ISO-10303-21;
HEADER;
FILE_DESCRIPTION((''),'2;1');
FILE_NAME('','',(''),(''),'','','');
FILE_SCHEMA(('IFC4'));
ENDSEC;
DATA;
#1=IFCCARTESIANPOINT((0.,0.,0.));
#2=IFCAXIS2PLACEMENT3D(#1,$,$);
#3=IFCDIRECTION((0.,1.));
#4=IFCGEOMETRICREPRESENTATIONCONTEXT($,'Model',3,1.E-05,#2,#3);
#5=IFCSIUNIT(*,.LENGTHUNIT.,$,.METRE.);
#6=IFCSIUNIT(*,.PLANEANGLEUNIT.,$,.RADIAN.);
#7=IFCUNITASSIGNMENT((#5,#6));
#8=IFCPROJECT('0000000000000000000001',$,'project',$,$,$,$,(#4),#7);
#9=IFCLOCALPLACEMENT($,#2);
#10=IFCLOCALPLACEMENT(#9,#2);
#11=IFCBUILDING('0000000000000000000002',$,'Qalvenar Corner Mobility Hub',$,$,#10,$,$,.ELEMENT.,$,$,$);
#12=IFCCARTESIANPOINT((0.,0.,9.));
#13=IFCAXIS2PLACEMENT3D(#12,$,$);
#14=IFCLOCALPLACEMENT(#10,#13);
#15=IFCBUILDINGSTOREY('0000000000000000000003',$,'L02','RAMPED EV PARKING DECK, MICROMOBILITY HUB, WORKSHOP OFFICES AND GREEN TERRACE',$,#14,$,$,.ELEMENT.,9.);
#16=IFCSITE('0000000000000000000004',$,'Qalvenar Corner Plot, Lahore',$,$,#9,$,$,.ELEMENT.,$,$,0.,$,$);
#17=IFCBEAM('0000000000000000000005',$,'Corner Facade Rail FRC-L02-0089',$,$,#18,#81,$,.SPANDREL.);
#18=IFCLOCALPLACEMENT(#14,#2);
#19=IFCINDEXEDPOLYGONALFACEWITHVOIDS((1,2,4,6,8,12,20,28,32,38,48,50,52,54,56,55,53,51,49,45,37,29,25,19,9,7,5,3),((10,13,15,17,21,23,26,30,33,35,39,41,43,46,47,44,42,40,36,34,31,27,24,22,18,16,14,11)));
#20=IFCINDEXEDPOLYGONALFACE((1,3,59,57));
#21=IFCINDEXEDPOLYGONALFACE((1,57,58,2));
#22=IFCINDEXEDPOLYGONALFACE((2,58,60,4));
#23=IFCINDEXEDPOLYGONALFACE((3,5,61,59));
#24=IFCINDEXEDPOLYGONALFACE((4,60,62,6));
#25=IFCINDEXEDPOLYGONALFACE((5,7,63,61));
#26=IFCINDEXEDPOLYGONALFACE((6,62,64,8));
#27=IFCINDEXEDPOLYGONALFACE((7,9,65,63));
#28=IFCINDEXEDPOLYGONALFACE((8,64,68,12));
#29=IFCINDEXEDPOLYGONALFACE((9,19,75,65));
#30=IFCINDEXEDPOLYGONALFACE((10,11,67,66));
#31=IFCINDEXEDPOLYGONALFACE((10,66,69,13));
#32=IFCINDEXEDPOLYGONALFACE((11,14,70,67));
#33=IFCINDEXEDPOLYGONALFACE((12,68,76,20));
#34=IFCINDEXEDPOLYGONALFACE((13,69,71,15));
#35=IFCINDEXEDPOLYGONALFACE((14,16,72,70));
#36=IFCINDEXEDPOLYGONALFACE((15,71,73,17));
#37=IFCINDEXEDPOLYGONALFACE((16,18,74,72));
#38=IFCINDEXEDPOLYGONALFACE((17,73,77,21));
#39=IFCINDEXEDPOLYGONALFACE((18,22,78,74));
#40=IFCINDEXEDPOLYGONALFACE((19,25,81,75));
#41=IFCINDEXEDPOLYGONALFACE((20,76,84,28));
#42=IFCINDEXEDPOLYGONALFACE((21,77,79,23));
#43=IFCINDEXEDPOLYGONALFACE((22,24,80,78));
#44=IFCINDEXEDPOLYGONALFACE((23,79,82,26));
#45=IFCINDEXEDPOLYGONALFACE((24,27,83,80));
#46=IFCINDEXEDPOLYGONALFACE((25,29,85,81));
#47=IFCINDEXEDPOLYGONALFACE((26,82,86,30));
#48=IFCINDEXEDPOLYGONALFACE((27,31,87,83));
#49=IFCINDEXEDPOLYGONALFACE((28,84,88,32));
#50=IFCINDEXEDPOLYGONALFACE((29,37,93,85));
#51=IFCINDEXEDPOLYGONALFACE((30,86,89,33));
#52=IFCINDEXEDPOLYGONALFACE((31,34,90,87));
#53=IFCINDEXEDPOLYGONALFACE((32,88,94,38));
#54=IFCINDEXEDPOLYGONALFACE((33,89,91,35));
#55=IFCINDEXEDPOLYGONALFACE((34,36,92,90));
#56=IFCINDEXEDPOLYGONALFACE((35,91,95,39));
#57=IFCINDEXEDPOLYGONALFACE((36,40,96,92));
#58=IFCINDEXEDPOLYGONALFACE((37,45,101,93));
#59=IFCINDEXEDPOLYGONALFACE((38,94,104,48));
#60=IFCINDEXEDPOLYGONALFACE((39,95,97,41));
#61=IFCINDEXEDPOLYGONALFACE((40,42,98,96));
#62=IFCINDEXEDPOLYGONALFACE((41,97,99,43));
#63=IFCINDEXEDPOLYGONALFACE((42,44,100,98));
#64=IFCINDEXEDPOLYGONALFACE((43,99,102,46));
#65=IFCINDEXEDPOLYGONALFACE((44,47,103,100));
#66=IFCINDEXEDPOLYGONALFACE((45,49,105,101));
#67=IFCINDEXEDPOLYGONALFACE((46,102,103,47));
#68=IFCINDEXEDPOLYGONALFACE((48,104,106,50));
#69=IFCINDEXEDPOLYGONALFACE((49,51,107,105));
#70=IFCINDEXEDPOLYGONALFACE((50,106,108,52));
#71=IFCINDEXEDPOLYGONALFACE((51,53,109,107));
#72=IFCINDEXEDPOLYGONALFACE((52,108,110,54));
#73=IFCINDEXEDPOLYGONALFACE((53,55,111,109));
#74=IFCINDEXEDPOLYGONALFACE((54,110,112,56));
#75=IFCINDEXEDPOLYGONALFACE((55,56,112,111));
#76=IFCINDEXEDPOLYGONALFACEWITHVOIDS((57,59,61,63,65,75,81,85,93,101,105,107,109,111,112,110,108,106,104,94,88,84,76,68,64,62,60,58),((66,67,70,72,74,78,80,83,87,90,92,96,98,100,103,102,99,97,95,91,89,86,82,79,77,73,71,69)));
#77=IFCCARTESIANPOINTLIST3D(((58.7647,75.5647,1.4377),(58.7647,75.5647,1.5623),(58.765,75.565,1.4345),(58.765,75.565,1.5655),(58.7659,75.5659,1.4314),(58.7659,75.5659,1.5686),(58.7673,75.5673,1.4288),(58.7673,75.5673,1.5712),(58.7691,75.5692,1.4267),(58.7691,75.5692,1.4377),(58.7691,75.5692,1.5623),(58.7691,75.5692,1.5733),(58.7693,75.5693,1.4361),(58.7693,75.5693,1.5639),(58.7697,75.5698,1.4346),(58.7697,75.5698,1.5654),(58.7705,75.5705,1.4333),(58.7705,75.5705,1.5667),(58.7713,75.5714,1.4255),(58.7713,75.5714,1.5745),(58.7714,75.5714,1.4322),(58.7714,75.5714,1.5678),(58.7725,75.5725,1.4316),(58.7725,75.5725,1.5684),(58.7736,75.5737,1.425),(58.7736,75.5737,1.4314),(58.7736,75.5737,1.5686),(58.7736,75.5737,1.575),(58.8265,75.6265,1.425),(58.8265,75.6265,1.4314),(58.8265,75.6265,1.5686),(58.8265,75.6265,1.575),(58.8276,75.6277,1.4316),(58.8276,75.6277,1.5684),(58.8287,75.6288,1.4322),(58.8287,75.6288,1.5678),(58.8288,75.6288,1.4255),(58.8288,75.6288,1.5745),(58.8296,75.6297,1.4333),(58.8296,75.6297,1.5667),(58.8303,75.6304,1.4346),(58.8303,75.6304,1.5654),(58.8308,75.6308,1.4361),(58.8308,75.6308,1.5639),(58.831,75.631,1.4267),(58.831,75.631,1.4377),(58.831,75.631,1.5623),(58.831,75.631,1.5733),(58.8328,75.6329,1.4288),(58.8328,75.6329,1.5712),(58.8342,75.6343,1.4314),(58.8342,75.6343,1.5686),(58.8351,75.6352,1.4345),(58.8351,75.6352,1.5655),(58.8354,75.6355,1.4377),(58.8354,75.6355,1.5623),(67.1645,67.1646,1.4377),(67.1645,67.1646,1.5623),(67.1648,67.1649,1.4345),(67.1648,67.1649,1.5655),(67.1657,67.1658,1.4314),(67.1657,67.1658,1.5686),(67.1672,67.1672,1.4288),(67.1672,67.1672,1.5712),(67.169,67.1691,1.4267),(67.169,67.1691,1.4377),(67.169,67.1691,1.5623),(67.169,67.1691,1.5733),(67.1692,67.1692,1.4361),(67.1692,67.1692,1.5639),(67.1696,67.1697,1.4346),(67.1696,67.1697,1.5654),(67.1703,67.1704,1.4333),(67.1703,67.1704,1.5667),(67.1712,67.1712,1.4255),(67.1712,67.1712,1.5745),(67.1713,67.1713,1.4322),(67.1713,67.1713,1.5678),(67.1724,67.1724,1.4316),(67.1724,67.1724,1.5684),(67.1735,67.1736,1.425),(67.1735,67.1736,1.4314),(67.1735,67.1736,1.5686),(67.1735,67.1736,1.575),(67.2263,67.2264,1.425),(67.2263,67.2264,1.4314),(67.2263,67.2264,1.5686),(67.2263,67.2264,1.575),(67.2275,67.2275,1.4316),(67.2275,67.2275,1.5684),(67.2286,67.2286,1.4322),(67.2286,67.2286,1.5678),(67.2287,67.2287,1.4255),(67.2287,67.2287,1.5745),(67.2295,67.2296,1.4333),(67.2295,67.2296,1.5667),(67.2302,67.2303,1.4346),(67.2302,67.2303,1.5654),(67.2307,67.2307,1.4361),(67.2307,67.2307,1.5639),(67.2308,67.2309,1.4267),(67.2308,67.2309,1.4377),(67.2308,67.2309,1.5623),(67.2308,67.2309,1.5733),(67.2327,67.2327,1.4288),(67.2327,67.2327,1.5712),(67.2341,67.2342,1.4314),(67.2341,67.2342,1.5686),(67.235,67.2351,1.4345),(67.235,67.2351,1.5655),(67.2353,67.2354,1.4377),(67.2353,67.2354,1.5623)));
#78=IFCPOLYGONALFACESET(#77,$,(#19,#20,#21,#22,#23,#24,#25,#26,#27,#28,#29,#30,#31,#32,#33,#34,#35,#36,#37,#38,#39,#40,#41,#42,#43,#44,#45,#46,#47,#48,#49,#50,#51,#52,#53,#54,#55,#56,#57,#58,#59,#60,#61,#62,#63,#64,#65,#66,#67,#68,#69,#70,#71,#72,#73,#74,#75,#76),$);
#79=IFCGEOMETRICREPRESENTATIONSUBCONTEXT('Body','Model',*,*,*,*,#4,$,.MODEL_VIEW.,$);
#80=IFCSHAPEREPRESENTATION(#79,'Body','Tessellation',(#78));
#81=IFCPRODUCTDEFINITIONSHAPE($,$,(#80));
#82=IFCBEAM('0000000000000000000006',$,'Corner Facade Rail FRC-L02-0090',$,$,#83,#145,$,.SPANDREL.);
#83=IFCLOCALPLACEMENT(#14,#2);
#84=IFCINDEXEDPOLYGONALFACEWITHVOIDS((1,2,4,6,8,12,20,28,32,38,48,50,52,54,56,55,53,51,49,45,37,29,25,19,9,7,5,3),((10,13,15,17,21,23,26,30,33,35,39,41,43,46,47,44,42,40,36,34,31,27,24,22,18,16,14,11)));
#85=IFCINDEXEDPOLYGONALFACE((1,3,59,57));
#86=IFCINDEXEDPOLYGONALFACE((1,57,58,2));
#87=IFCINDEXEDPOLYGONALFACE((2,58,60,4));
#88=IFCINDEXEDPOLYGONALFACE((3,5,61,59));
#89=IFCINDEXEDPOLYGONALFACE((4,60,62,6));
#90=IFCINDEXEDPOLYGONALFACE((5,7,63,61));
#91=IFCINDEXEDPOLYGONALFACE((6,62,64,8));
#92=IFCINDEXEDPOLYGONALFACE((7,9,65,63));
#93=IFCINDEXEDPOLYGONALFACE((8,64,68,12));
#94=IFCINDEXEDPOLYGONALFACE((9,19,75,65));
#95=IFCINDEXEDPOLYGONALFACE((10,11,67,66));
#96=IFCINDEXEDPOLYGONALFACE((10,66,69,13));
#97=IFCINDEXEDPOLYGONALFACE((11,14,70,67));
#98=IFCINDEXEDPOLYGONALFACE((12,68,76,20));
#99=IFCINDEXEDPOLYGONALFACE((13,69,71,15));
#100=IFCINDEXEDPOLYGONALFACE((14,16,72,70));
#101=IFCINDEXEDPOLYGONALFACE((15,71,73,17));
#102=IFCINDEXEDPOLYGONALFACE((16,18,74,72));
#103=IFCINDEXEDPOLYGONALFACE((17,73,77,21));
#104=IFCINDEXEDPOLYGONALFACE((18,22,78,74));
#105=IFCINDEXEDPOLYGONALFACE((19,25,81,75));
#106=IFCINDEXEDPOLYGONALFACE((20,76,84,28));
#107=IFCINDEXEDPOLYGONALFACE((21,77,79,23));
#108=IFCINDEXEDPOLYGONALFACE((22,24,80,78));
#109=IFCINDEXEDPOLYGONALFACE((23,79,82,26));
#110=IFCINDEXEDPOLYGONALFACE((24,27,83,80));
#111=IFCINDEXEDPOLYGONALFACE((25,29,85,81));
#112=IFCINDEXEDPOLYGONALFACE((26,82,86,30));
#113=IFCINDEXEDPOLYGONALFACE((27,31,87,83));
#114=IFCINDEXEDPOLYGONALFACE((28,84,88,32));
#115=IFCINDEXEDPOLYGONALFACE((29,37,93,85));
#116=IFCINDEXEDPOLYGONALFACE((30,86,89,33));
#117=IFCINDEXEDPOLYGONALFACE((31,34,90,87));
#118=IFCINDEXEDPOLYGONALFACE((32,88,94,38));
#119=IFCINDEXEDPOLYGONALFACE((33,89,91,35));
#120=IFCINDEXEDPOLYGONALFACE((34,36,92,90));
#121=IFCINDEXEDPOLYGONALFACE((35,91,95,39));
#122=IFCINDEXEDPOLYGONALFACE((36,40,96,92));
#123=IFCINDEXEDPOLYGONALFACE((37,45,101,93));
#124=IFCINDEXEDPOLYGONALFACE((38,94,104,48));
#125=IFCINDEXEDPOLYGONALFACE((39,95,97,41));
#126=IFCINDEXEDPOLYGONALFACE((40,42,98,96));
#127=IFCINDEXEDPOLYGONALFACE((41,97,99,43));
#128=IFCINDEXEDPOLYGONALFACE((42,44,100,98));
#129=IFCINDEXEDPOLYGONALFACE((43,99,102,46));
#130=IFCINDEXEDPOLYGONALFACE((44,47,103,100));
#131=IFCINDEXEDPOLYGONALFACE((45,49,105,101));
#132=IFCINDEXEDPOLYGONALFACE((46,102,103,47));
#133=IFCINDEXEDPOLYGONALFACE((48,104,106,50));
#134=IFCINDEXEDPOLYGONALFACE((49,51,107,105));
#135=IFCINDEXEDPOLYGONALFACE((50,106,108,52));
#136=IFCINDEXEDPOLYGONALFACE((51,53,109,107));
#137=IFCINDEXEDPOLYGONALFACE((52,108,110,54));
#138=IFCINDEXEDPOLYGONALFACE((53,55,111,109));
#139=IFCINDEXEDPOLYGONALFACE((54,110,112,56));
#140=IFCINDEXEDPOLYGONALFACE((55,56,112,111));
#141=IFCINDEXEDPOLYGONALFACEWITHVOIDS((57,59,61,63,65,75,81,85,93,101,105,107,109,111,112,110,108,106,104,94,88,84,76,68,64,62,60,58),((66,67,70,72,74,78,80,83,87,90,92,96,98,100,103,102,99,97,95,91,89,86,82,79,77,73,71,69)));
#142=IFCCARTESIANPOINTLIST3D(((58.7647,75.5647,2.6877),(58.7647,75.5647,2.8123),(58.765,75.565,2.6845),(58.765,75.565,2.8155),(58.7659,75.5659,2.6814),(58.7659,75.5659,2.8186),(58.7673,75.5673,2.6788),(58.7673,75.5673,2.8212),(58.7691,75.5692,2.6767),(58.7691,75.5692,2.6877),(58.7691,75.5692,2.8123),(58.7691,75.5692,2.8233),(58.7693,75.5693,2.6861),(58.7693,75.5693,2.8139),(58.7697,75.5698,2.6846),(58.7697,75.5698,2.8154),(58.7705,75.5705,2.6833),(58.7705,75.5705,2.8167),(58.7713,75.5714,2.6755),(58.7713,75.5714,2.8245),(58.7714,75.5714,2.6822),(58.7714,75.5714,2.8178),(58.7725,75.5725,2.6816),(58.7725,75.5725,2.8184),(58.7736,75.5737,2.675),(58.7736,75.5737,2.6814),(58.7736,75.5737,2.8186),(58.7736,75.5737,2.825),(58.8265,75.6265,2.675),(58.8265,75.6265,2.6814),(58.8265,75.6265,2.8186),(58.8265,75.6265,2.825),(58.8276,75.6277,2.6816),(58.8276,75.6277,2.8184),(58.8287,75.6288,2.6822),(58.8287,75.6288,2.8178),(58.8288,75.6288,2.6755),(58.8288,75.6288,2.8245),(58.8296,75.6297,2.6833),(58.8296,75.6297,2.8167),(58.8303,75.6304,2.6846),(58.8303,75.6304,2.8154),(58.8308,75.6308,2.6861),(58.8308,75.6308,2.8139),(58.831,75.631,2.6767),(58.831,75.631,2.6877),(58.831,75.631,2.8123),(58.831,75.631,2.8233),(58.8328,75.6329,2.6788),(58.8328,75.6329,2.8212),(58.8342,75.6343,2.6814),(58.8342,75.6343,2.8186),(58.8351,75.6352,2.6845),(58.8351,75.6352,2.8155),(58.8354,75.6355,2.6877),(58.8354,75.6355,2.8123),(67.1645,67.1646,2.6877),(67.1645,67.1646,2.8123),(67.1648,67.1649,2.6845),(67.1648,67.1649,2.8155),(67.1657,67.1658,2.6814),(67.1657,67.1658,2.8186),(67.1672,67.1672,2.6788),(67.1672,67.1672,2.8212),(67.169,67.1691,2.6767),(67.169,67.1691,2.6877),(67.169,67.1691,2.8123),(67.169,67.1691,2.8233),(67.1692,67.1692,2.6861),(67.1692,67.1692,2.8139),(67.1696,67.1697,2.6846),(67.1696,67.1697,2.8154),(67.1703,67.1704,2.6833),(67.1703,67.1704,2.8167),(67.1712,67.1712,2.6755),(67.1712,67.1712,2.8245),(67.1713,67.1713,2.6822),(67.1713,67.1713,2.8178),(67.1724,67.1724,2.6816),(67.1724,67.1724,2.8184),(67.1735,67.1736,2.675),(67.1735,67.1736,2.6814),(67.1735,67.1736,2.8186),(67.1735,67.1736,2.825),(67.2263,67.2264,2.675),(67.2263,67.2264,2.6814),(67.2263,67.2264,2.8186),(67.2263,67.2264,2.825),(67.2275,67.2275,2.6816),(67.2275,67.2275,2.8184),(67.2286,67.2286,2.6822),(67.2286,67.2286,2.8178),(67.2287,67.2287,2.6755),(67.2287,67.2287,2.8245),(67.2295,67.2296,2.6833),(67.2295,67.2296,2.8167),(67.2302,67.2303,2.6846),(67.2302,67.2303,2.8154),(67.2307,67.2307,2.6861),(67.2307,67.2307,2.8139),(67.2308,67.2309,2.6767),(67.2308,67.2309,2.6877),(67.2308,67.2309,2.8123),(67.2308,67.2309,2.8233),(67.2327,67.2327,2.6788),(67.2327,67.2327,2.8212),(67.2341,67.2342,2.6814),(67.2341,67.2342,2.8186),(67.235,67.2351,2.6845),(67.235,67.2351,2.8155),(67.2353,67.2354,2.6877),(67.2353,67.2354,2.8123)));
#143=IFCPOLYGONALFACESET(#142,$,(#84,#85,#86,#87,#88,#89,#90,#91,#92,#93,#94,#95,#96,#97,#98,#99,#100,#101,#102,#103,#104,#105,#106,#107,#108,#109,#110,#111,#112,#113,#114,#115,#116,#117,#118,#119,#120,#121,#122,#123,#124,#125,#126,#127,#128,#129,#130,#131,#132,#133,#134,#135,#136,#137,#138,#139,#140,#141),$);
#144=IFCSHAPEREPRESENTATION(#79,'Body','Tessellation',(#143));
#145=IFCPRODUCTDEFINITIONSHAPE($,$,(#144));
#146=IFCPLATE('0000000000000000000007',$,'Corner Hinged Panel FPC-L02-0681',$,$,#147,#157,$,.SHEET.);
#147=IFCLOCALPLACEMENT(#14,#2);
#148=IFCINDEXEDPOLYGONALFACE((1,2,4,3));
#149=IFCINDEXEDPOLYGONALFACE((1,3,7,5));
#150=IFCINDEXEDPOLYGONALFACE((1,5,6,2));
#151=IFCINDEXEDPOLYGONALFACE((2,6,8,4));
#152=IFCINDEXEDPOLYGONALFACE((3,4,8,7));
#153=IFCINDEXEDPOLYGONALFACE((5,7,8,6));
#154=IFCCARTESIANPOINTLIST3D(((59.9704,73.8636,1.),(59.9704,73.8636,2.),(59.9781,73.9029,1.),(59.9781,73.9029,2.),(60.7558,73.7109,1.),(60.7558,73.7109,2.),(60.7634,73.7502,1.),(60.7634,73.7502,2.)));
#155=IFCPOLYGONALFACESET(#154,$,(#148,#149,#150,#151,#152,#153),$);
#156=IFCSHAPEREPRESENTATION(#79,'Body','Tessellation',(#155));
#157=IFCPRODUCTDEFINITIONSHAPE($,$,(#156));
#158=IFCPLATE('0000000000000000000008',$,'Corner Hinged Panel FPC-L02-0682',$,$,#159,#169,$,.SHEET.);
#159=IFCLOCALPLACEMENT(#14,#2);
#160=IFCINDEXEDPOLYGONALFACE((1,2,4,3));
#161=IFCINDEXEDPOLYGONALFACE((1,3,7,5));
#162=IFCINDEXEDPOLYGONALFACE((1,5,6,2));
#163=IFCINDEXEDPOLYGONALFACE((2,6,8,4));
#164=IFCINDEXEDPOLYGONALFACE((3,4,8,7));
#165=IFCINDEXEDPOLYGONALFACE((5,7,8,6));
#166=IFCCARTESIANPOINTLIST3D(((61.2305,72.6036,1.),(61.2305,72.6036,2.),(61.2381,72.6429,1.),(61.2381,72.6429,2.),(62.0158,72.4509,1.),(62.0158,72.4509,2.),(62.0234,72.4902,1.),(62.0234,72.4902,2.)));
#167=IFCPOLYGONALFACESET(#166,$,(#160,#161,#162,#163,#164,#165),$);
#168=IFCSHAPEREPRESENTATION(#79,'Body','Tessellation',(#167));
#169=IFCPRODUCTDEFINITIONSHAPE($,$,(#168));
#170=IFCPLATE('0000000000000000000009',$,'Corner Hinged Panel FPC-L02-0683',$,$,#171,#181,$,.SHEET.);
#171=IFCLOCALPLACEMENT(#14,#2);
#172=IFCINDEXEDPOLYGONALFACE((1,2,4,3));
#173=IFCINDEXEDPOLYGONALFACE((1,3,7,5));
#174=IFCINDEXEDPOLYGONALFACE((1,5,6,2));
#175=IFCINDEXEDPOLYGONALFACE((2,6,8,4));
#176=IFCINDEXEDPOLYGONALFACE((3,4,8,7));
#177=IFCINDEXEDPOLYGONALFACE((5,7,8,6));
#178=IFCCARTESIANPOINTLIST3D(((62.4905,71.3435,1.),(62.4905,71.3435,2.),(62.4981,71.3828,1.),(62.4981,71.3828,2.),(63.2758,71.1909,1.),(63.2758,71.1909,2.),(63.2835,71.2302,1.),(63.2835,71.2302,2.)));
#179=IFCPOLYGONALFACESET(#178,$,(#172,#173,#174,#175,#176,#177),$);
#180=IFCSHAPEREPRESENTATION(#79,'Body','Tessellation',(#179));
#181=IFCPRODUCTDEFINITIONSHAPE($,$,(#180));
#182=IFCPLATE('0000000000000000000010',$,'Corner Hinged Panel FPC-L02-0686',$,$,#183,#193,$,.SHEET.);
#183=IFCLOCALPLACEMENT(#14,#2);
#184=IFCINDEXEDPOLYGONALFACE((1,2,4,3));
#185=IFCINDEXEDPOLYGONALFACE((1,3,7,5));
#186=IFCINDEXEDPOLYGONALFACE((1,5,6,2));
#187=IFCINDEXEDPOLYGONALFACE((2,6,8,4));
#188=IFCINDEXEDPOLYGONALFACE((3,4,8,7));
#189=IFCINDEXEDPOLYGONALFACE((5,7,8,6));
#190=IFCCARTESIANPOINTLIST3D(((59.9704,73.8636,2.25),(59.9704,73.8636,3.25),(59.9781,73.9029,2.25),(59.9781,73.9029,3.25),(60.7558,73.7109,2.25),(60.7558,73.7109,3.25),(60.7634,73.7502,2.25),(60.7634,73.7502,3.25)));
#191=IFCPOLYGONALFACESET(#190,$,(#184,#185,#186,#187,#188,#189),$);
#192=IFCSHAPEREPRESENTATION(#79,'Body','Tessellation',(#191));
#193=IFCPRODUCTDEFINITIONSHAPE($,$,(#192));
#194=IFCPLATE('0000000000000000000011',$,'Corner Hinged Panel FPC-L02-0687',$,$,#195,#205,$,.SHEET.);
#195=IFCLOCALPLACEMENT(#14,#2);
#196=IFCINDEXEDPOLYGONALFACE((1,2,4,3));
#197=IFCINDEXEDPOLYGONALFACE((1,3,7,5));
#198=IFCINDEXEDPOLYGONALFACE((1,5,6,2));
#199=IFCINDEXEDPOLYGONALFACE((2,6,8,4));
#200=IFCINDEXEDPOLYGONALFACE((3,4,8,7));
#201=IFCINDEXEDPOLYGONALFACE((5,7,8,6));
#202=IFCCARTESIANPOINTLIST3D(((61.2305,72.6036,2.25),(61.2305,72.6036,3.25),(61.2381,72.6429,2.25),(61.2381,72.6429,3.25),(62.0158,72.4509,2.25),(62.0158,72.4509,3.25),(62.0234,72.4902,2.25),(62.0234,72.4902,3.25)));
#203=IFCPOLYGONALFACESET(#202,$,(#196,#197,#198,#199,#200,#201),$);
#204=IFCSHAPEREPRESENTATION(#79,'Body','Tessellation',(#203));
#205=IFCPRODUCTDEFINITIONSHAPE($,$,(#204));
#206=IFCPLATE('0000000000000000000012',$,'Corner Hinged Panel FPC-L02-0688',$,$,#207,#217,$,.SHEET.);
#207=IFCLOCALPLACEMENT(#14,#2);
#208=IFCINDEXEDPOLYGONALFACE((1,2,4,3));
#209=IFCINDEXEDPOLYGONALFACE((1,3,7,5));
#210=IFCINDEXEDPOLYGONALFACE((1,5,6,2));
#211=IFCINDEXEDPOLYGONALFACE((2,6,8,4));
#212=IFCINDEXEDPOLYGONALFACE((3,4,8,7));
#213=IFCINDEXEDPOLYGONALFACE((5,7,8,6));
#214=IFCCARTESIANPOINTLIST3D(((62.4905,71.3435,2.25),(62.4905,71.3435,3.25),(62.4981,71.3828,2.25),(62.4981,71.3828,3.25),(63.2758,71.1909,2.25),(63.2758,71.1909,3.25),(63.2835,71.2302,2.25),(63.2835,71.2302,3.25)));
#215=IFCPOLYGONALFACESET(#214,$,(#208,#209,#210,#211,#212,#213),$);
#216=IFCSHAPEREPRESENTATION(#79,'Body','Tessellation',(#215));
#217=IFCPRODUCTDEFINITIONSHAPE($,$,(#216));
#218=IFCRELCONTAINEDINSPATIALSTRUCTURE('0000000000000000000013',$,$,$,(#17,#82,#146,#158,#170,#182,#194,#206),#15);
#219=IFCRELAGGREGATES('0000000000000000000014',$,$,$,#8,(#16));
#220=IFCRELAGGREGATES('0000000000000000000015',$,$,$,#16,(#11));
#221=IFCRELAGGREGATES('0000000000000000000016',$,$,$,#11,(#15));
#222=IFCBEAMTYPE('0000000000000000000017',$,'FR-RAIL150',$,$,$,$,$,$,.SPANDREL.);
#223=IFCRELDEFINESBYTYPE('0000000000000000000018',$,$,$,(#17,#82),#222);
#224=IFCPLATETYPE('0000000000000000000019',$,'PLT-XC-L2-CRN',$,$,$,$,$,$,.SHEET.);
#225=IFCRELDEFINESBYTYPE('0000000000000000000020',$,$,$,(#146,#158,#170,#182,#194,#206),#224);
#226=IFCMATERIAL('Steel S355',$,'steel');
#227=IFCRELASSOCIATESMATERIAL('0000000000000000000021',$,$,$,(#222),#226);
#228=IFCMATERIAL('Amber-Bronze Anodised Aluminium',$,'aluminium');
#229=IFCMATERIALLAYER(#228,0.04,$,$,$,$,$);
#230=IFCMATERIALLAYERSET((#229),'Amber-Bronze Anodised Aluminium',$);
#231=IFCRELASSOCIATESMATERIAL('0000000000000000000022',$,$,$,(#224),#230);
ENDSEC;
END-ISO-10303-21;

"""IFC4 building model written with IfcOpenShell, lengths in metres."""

from ifc_helpers import new_model, si_unit, direction, frame, origin, origin_2d, place, context, subcontext, project, spatial, rectangle, hollow_rectangle, extrude, material, layer, layer_set, material_profile, profile_set, type_object, element, save


model = new_model("IFC4")

# Units and contexts
model_context = context("Model", 3, precision=1e-05, world=origin(), true_north=direction((0.0, 1.0)))
body_context = subcontext(model_context, "Body", "Model", "MODEL_VIEW")
ifc_project = project(units=[si_unit("LENGTHUNIT", "METRE"), si_unit("PLANEANGLEUNIT", "RADIAN")], contexts=[model_context])

# Site, building, storey
site_placement = place(None, origin())
site = spatial("IfcSite", under=ifc_project, at=site_placement, Name="Qalvenar Corner Plot, Lahore", CompositionType="ELEMENT", RefElevation=0.0)
building_placement = place(site_placement, origin())
building = spatial("IfcBuilding", under=site, at=building_placement, Name="Qalvenar Corner Mobility Hub", CompositionType="ELEMENT")
storey_placement = place(building_placement, frame((0.0, 0.0, 9.0)))
storey = spatial("IfcBuildingStorey", under=building, at=storey_placement, Name="L02", Description="RAMPED EV PARKING DECK, MICROMOBILITY HUB, WORKSHOP OFFICES AND GREEN TERRACE", CompositionType="ELEMENT", Elevation=9.0)

# Shared definitions
ifc_material_1 = material(Name="Steel S355", Category="steel")

# Beams
ifc_material_profile_1 = material_profile(ifc_material_1, hollow_rectangle(XDim=0.1001, YDim=0.1499, WallThickness=0.0063, InnerFilletRadius=0.0063, OuterFilletRadius=0.0127, at=origin_2d()), Name="RHS150x100x6.3")
ifc_profile_set_1 = profile_set([ifc_material_profile_1], Name="Steel S355")
beam_type_1 = type_object("IfcBeamType", Name="FR-RAIL150", PredefinedType="SPANDREL", material=ifc_profile_set_1)
for number, where, z_axis, x_axis, name in (
    (1, (58.8, 75.6001, 1.5), (0.707097, -0.707117, 0.0), (0.707117, 0.707097, 0.0), "Corner Facade Rail FRC-L02-0089"),
    (2, (58.8, 75.6001, 2.75), (0.707097, -0.707117, 0.0), (0.707117, 0.707097, 0.0), "Corner Facade Rail FRC-L02-0090"),
):
    element("IfcBeam", number, at=place(storey_placement, frame(where, z_axis=z_axis, x_axis=x_axis)), inside=storey, type_object=beam_type_1, Name=name, PredefinedType="SPANDREL", context=body_context, shape_type="SweptSolid", body=[
        extrude(hollow_rectangle(XDim=0.1001, YDim=0.1499, WallThickness=0.0063, InnerFilletRadius=0.0063, OuterFilletRadius=0.0127, at=origin_2d()), origin(), (0.0, 0.0, 1.0), 11.8794),
    ])

# Plates
ifc_material_2 = material(Name="Amber-Bronze Anodised Aluminium", Category="aluminium")
ifc_layer_1 = layer(ifc_material_2, 0.04)
ifc_layer_set_1 = layer_set([ifc_layer_1], Name="Amber-Bronze Anodised Aluminium")
plate_type = type_object("IfcPlateType", Name="PLT-XC-L2-CRN", PredefinedType="SHEET", material=ifc_layer_set_1)
for number, where, z_axis, x_axis, name in (
    (3, (60.3669, 73.8069, 1.0), (0.0, 0.0, 1.0), (0.981627, -0.190809, 0.0), "Corner Hinged Panel FPC-L02-0681"),
    (4, (61.627, 72.5469, 1.0), (0.0, 0.0, 1.0), (0.981627, -0.190809, 0.0), "Corner Hinged Panel FPC-L02-0682"),
    (5, (62.887, 71.2869, 1.0), (0.0, 0.0, 1.0), (0.981627, -0.190809, 0.0), "Corner Hinged Panel FPC-L02-0683"),
    (6, (60.3669, 73.8069, 2.25), (0.0, 0.0, 1.0), (0.981627, -0.190809, 0.0), "Corner Hinged Panel FPC-L02-0686"),
    (7, (61.627, 72.5469, 2.25), (0.0, 0.0, 1.0), (0.981627, -0.190809, 0.0), "Corner Hinged Panel FPC-L02-0687"),
    (8, (62.887, 71.2869, 2.25), (0.0, 0.0, 1.0), (0.981627, -0.190809, 0.0), "Corner Hinged Panel FPC-L02-0688"),
):
    element("IfcPlate", number, at=place(storey_placement, frame(where, z_axis=z_axis, x_axis=x_axis)), inside=storey, type_object=plate_type, Name=name, PredefinedType="SHEET", context=body_context, shape_type="SweptSolid", body=[
        extrude(rectangle(XDim=0.8, YDim=0.04, at=origin_2d()), origin(), (0.0, 0.0, 1.0), 1.0),
    ])

save(model, "model.ifc")
